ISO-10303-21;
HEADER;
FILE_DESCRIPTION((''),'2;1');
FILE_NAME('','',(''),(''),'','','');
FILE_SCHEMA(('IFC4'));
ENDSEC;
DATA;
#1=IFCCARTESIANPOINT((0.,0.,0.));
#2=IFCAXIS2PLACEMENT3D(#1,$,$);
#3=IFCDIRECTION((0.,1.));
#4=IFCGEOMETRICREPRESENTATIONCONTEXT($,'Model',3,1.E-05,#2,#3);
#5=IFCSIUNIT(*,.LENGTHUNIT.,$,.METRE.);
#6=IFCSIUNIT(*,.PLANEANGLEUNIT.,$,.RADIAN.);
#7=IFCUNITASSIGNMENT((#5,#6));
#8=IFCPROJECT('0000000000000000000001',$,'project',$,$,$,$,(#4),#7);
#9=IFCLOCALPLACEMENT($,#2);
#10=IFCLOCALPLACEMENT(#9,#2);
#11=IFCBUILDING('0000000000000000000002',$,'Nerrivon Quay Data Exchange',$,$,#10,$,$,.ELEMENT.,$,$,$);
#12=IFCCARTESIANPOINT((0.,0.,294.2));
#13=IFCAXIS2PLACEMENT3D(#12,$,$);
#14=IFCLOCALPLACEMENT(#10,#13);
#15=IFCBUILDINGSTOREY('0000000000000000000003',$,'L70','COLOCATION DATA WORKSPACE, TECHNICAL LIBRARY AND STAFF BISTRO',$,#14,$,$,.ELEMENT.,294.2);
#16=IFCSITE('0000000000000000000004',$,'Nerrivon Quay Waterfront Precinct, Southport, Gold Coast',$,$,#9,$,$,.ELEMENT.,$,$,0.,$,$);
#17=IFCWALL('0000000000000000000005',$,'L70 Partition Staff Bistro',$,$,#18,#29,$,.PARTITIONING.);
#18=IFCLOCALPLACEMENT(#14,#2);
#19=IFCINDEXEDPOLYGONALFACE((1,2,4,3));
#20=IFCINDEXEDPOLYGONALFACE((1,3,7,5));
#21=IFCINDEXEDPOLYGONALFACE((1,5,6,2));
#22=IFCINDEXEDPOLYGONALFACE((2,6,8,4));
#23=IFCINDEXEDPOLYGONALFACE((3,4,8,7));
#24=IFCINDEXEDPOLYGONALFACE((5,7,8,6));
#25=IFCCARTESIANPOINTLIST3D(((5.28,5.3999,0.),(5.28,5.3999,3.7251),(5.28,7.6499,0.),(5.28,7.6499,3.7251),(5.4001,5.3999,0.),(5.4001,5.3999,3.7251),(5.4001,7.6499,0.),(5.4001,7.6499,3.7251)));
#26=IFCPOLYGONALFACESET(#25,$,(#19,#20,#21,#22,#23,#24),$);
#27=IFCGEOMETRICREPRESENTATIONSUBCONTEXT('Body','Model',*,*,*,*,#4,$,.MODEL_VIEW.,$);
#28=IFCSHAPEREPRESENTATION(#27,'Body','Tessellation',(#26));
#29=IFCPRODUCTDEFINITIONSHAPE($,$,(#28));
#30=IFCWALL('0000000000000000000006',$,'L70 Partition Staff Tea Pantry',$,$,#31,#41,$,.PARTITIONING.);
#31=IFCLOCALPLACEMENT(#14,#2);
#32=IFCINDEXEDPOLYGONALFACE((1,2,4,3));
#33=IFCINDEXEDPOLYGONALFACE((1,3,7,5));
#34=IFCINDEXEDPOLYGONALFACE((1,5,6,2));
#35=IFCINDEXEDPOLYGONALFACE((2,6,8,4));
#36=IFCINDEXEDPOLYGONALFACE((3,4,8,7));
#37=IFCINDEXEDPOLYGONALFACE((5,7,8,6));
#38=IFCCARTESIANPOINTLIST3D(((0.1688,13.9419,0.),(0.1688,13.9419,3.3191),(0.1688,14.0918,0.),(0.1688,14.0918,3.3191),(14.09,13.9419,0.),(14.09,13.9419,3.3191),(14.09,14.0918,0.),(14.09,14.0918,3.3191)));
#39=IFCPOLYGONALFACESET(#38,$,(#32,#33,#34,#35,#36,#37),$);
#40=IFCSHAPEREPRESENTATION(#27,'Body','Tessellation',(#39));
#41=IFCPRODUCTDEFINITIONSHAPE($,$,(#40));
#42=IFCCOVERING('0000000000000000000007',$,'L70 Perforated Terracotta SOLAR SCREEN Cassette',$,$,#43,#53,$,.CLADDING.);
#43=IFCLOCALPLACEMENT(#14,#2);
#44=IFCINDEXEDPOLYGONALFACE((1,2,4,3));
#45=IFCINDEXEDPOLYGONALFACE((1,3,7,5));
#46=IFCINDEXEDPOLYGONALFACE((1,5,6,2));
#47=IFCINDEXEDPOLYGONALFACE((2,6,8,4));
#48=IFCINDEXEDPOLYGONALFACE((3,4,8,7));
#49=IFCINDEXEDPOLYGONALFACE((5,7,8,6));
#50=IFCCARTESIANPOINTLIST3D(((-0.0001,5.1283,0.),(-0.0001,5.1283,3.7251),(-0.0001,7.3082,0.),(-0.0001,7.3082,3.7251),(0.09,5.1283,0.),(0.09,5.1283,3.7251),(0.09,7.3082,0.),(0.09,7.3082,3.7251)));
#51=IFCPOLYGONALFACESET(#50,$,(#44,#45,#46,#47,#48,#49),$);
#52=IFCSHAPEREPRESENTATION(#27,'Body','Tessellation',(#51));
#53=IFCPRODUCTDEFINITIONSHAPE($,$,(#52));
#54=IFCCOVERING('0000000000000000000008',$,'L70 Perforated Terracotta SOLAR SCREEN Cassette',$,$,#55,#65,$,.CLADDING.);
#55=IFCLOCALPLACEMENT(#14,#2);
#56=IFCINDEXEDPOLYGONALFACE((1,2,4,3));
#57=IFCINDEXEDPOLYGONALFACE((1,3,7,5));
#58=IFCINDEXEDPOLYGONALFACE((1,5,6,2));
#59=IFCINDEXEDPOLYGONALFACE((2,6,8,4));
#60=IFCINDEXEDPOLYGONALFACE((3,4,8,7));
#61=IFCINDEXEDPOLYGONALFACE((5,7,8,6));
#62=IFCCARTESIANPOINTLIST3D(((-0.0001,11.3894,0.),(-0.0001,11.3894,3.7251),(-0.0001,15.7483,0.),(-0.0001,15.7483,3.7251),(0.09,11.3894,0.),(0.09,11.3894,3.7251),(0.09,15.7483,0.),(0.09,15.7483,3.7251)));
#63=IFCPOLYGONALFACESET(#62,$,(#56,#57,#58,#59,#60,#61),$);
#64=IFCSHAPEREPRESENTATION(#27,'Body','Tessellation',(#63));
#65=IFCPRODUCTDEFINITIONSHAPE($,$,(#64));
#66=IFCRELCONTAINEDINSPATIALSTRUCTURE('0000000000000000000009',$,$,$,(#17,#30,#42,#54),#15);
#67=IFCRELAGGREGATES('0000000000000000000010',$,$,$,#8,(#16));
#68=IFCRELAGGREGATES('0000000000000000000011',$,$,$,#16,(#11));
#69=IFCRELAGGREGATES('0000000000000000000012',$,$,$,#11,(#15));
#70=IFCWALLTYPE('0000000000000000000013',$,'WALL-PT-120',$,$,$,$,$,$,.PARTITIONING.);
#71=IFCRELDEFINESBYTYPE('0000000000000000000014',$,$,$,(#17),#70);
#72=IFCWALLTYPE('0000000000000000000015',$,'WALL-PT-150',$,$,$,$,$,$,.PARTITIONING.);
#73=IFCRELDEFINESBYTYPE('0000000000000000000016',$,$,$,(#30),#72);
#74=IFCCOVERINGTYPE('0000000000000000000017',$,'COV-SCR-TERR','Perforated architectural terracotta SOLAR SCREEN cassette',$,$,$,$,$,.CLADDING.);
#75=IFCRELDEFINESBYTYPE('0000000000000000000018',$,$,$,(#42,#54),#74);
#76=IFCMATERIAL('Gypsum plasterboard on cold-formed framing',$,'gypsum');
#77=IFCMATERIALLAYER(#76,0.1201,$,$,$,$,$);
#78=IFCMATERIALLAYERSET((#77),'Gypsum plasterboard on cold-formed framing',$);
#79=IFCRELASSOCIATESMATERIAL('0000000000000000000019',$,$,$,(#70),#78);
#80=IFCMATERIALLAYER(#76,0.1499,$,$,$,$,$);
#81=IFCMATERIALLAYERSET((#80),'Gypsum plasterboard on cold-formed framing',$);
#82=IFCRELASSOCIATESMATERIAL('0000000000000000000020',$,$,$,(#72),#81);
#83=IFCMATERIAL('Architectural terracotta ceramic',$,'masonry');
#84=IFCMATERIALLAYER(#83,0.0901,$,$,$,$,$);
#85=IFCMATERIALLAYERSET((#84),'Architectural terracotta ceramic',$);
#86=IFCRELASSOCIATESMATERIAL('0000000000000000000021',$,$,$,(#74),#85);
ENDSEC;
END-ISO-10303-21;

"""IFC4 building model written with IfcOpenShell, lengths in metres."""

from ifc_helpers import new_model, si_unit, direction, frame, frame_2d, origin, origin_2d, place, context, subcontext, project, spatial, rectangle, extrude, material, layer, layer_set, type_object, element, save


model = new_model("IFC4")

# Units and contexts
model_context = context("Model", 3, precision=1e-05, world=origin(), true_north=direction((0.0, 1.0)))
body_context = subcontext(model_context, "Body", "Model", "MODEL_VIEW")
ifc_project = project(units=[si_unit("LENGTHUNIT", "METRE"), si_unit("PLANEANGLEUNIT", "RADIAN")], contexts=[model_context])

# Site, building, storey
site_placement = place(None, origin())
site = spatial("IfcSite", under=ifc_project, at=site_placement, Name="Nerrivon Quay Waterfront Precinct, Southport, Gold Coast", CompositionType="ELEMENT", RefElevation=0.0)
building_placement = place(site_placement, origin())
building = spatial("IfcBuilding", under=site, at=building_placement, Name="Nerrivon Quay Data Exchange", CompositionType="ELEMENT")
storey_placement = place(building_placement, frame((0.0, 0.0, 294.2)))
storey = spatial("IfcBuildingStorey", under=building, at=storey_placement, Name="L70", Description="COLOCATION DATA WORKSPACE, TECHNICAL LIBRARY AND STAFF BISTRO", CompositionType="ELEMENT", Elevation=294.2)

# Walls
ifc_material_1 = material(Name="Gypsum plasterboard on cold-formed framing", Category="gypsum")
ifc_layer_1 = layer(ifc_material_1, 0.1201)
ifc_layer_set_1 = layer_set([ifc_layer_1], Name="Gypsum plasterboard on cold-formed framing")
wall_type_1 = type_object("IfcWallType", Name="WALL-PT-120", PredefinedType="PARTITIONING", material=ifc_layer_set_1)
wall_1_placement = place(storey_placement, frame((5.3401, 5.3999, 0.0), z_axis=(0.0, 0.0, 1.0), x_axis=(0.0, 1.0, 0.0)))
element("IfcWall", 1, at=wall_1_placement, inside=storey, type_object=wall_type_1, Name="L70 Partition Staff Bistro", PredefinedType="PARTITIONING", context=body_context, shape_type="SweptSolid", body=[
    extrude(rectangle(XDim=2.25, YDim=0.1201, at=frame_2d((1.125, 0.0))), origin(), (0.0, 0.0, 1.0), 3.7251),
])
ifc_layer_2 = layer(ifc_material_1, 0.1499)
ifc_layer_set_2 = layer_set([ifc_layer_2], Name="Gypsum plasterboard on cold-formed framing")
wall_type_2 = type_object("IfcWallType", Name="WALL-PT-150", PredefinedType="PARTITIONING", material=ifc_layer_set_2)
wall_2_placement = place(storey_placement, frame((0.1689, 14.0168, 0.0), z_axis=(0.0, 0.0, 1.0), x_axis=(1.0, 0.0, 0.0)))
element("IfcWall", 2, at=wall_2_placement, inside=storey, type_object=wall_type_2, Name="L70 Partition Staff Tea Pantry", PredefinedType="PARTITIONING", context=body_context, shape_type="SweptSolid", body=[
    extrude(rectangle(XDim=13.9211, YDim=0.1499, at=frame_2d((6.9604, 0.0))), origin(), (0.0, 0.0, 1.0), 3.3191),
])

# Coverings
ifc_material_2 = material(Name="Architectural terracotta ceramic", Category="masonry")
ifc_layer_3 = layer(ifc_material_2, 0.0901)
ifc_layer_set_3 = layer_set([ifc_layer_3], Name="Architectural terracotta ceramic")
covering_type = type_object("IfcCoveringType", Name="COV-SCR-TERR", Description="Perforated architectural terracotta SOLAR SCREEN cassette", PredefinedType="CLADDING", material=ifc_layer_set_3)
covering_1_placement = place(storey_placement, frame((0.0449, 6.2183, 0.0), z_axis=(0.0, 0.0, 1.0), x_axis=(0.0, 1.0, 0.0)))
element("IfcCovering", 3, at=covering_1_placement, inside=storey, type_object=covering_type, Name="L70 Perforated Terracotta SOLAR SCREEN Cassette", PredefinedType="CLADDING", context=body_context, shape_type="SweptSolid", body=[
    extrude(rectangle(XDim=2.1799, YDim=0.0901, at=origin_2d()), origin(), (0.0, 0.0, 1.0), 3.7251),
])
covering_2_placement = place(storey_placement, frame((0.0449, 13.5688, 0.0), z_axis=(0.0, 0.0, 1.0), x_axis=(0.0, 1.0, 0.0)))
element("IfcCovering", 4, at=covering_2_placement, inside=storey, type_object=covering_type, Name="L70 Perforated Terracotta SOLAR SCREEN Cassette", PredefinedType="CLADDING", context=body_context, shape_type="SweptSolid", body=[
    extrude(rectangle(XDim=4.3589, YDim=0.0901, at=origin_2d()), origin(), (0.0, 0.0, 1.0), 3.7251),
])

save(model, "model.ifc")
